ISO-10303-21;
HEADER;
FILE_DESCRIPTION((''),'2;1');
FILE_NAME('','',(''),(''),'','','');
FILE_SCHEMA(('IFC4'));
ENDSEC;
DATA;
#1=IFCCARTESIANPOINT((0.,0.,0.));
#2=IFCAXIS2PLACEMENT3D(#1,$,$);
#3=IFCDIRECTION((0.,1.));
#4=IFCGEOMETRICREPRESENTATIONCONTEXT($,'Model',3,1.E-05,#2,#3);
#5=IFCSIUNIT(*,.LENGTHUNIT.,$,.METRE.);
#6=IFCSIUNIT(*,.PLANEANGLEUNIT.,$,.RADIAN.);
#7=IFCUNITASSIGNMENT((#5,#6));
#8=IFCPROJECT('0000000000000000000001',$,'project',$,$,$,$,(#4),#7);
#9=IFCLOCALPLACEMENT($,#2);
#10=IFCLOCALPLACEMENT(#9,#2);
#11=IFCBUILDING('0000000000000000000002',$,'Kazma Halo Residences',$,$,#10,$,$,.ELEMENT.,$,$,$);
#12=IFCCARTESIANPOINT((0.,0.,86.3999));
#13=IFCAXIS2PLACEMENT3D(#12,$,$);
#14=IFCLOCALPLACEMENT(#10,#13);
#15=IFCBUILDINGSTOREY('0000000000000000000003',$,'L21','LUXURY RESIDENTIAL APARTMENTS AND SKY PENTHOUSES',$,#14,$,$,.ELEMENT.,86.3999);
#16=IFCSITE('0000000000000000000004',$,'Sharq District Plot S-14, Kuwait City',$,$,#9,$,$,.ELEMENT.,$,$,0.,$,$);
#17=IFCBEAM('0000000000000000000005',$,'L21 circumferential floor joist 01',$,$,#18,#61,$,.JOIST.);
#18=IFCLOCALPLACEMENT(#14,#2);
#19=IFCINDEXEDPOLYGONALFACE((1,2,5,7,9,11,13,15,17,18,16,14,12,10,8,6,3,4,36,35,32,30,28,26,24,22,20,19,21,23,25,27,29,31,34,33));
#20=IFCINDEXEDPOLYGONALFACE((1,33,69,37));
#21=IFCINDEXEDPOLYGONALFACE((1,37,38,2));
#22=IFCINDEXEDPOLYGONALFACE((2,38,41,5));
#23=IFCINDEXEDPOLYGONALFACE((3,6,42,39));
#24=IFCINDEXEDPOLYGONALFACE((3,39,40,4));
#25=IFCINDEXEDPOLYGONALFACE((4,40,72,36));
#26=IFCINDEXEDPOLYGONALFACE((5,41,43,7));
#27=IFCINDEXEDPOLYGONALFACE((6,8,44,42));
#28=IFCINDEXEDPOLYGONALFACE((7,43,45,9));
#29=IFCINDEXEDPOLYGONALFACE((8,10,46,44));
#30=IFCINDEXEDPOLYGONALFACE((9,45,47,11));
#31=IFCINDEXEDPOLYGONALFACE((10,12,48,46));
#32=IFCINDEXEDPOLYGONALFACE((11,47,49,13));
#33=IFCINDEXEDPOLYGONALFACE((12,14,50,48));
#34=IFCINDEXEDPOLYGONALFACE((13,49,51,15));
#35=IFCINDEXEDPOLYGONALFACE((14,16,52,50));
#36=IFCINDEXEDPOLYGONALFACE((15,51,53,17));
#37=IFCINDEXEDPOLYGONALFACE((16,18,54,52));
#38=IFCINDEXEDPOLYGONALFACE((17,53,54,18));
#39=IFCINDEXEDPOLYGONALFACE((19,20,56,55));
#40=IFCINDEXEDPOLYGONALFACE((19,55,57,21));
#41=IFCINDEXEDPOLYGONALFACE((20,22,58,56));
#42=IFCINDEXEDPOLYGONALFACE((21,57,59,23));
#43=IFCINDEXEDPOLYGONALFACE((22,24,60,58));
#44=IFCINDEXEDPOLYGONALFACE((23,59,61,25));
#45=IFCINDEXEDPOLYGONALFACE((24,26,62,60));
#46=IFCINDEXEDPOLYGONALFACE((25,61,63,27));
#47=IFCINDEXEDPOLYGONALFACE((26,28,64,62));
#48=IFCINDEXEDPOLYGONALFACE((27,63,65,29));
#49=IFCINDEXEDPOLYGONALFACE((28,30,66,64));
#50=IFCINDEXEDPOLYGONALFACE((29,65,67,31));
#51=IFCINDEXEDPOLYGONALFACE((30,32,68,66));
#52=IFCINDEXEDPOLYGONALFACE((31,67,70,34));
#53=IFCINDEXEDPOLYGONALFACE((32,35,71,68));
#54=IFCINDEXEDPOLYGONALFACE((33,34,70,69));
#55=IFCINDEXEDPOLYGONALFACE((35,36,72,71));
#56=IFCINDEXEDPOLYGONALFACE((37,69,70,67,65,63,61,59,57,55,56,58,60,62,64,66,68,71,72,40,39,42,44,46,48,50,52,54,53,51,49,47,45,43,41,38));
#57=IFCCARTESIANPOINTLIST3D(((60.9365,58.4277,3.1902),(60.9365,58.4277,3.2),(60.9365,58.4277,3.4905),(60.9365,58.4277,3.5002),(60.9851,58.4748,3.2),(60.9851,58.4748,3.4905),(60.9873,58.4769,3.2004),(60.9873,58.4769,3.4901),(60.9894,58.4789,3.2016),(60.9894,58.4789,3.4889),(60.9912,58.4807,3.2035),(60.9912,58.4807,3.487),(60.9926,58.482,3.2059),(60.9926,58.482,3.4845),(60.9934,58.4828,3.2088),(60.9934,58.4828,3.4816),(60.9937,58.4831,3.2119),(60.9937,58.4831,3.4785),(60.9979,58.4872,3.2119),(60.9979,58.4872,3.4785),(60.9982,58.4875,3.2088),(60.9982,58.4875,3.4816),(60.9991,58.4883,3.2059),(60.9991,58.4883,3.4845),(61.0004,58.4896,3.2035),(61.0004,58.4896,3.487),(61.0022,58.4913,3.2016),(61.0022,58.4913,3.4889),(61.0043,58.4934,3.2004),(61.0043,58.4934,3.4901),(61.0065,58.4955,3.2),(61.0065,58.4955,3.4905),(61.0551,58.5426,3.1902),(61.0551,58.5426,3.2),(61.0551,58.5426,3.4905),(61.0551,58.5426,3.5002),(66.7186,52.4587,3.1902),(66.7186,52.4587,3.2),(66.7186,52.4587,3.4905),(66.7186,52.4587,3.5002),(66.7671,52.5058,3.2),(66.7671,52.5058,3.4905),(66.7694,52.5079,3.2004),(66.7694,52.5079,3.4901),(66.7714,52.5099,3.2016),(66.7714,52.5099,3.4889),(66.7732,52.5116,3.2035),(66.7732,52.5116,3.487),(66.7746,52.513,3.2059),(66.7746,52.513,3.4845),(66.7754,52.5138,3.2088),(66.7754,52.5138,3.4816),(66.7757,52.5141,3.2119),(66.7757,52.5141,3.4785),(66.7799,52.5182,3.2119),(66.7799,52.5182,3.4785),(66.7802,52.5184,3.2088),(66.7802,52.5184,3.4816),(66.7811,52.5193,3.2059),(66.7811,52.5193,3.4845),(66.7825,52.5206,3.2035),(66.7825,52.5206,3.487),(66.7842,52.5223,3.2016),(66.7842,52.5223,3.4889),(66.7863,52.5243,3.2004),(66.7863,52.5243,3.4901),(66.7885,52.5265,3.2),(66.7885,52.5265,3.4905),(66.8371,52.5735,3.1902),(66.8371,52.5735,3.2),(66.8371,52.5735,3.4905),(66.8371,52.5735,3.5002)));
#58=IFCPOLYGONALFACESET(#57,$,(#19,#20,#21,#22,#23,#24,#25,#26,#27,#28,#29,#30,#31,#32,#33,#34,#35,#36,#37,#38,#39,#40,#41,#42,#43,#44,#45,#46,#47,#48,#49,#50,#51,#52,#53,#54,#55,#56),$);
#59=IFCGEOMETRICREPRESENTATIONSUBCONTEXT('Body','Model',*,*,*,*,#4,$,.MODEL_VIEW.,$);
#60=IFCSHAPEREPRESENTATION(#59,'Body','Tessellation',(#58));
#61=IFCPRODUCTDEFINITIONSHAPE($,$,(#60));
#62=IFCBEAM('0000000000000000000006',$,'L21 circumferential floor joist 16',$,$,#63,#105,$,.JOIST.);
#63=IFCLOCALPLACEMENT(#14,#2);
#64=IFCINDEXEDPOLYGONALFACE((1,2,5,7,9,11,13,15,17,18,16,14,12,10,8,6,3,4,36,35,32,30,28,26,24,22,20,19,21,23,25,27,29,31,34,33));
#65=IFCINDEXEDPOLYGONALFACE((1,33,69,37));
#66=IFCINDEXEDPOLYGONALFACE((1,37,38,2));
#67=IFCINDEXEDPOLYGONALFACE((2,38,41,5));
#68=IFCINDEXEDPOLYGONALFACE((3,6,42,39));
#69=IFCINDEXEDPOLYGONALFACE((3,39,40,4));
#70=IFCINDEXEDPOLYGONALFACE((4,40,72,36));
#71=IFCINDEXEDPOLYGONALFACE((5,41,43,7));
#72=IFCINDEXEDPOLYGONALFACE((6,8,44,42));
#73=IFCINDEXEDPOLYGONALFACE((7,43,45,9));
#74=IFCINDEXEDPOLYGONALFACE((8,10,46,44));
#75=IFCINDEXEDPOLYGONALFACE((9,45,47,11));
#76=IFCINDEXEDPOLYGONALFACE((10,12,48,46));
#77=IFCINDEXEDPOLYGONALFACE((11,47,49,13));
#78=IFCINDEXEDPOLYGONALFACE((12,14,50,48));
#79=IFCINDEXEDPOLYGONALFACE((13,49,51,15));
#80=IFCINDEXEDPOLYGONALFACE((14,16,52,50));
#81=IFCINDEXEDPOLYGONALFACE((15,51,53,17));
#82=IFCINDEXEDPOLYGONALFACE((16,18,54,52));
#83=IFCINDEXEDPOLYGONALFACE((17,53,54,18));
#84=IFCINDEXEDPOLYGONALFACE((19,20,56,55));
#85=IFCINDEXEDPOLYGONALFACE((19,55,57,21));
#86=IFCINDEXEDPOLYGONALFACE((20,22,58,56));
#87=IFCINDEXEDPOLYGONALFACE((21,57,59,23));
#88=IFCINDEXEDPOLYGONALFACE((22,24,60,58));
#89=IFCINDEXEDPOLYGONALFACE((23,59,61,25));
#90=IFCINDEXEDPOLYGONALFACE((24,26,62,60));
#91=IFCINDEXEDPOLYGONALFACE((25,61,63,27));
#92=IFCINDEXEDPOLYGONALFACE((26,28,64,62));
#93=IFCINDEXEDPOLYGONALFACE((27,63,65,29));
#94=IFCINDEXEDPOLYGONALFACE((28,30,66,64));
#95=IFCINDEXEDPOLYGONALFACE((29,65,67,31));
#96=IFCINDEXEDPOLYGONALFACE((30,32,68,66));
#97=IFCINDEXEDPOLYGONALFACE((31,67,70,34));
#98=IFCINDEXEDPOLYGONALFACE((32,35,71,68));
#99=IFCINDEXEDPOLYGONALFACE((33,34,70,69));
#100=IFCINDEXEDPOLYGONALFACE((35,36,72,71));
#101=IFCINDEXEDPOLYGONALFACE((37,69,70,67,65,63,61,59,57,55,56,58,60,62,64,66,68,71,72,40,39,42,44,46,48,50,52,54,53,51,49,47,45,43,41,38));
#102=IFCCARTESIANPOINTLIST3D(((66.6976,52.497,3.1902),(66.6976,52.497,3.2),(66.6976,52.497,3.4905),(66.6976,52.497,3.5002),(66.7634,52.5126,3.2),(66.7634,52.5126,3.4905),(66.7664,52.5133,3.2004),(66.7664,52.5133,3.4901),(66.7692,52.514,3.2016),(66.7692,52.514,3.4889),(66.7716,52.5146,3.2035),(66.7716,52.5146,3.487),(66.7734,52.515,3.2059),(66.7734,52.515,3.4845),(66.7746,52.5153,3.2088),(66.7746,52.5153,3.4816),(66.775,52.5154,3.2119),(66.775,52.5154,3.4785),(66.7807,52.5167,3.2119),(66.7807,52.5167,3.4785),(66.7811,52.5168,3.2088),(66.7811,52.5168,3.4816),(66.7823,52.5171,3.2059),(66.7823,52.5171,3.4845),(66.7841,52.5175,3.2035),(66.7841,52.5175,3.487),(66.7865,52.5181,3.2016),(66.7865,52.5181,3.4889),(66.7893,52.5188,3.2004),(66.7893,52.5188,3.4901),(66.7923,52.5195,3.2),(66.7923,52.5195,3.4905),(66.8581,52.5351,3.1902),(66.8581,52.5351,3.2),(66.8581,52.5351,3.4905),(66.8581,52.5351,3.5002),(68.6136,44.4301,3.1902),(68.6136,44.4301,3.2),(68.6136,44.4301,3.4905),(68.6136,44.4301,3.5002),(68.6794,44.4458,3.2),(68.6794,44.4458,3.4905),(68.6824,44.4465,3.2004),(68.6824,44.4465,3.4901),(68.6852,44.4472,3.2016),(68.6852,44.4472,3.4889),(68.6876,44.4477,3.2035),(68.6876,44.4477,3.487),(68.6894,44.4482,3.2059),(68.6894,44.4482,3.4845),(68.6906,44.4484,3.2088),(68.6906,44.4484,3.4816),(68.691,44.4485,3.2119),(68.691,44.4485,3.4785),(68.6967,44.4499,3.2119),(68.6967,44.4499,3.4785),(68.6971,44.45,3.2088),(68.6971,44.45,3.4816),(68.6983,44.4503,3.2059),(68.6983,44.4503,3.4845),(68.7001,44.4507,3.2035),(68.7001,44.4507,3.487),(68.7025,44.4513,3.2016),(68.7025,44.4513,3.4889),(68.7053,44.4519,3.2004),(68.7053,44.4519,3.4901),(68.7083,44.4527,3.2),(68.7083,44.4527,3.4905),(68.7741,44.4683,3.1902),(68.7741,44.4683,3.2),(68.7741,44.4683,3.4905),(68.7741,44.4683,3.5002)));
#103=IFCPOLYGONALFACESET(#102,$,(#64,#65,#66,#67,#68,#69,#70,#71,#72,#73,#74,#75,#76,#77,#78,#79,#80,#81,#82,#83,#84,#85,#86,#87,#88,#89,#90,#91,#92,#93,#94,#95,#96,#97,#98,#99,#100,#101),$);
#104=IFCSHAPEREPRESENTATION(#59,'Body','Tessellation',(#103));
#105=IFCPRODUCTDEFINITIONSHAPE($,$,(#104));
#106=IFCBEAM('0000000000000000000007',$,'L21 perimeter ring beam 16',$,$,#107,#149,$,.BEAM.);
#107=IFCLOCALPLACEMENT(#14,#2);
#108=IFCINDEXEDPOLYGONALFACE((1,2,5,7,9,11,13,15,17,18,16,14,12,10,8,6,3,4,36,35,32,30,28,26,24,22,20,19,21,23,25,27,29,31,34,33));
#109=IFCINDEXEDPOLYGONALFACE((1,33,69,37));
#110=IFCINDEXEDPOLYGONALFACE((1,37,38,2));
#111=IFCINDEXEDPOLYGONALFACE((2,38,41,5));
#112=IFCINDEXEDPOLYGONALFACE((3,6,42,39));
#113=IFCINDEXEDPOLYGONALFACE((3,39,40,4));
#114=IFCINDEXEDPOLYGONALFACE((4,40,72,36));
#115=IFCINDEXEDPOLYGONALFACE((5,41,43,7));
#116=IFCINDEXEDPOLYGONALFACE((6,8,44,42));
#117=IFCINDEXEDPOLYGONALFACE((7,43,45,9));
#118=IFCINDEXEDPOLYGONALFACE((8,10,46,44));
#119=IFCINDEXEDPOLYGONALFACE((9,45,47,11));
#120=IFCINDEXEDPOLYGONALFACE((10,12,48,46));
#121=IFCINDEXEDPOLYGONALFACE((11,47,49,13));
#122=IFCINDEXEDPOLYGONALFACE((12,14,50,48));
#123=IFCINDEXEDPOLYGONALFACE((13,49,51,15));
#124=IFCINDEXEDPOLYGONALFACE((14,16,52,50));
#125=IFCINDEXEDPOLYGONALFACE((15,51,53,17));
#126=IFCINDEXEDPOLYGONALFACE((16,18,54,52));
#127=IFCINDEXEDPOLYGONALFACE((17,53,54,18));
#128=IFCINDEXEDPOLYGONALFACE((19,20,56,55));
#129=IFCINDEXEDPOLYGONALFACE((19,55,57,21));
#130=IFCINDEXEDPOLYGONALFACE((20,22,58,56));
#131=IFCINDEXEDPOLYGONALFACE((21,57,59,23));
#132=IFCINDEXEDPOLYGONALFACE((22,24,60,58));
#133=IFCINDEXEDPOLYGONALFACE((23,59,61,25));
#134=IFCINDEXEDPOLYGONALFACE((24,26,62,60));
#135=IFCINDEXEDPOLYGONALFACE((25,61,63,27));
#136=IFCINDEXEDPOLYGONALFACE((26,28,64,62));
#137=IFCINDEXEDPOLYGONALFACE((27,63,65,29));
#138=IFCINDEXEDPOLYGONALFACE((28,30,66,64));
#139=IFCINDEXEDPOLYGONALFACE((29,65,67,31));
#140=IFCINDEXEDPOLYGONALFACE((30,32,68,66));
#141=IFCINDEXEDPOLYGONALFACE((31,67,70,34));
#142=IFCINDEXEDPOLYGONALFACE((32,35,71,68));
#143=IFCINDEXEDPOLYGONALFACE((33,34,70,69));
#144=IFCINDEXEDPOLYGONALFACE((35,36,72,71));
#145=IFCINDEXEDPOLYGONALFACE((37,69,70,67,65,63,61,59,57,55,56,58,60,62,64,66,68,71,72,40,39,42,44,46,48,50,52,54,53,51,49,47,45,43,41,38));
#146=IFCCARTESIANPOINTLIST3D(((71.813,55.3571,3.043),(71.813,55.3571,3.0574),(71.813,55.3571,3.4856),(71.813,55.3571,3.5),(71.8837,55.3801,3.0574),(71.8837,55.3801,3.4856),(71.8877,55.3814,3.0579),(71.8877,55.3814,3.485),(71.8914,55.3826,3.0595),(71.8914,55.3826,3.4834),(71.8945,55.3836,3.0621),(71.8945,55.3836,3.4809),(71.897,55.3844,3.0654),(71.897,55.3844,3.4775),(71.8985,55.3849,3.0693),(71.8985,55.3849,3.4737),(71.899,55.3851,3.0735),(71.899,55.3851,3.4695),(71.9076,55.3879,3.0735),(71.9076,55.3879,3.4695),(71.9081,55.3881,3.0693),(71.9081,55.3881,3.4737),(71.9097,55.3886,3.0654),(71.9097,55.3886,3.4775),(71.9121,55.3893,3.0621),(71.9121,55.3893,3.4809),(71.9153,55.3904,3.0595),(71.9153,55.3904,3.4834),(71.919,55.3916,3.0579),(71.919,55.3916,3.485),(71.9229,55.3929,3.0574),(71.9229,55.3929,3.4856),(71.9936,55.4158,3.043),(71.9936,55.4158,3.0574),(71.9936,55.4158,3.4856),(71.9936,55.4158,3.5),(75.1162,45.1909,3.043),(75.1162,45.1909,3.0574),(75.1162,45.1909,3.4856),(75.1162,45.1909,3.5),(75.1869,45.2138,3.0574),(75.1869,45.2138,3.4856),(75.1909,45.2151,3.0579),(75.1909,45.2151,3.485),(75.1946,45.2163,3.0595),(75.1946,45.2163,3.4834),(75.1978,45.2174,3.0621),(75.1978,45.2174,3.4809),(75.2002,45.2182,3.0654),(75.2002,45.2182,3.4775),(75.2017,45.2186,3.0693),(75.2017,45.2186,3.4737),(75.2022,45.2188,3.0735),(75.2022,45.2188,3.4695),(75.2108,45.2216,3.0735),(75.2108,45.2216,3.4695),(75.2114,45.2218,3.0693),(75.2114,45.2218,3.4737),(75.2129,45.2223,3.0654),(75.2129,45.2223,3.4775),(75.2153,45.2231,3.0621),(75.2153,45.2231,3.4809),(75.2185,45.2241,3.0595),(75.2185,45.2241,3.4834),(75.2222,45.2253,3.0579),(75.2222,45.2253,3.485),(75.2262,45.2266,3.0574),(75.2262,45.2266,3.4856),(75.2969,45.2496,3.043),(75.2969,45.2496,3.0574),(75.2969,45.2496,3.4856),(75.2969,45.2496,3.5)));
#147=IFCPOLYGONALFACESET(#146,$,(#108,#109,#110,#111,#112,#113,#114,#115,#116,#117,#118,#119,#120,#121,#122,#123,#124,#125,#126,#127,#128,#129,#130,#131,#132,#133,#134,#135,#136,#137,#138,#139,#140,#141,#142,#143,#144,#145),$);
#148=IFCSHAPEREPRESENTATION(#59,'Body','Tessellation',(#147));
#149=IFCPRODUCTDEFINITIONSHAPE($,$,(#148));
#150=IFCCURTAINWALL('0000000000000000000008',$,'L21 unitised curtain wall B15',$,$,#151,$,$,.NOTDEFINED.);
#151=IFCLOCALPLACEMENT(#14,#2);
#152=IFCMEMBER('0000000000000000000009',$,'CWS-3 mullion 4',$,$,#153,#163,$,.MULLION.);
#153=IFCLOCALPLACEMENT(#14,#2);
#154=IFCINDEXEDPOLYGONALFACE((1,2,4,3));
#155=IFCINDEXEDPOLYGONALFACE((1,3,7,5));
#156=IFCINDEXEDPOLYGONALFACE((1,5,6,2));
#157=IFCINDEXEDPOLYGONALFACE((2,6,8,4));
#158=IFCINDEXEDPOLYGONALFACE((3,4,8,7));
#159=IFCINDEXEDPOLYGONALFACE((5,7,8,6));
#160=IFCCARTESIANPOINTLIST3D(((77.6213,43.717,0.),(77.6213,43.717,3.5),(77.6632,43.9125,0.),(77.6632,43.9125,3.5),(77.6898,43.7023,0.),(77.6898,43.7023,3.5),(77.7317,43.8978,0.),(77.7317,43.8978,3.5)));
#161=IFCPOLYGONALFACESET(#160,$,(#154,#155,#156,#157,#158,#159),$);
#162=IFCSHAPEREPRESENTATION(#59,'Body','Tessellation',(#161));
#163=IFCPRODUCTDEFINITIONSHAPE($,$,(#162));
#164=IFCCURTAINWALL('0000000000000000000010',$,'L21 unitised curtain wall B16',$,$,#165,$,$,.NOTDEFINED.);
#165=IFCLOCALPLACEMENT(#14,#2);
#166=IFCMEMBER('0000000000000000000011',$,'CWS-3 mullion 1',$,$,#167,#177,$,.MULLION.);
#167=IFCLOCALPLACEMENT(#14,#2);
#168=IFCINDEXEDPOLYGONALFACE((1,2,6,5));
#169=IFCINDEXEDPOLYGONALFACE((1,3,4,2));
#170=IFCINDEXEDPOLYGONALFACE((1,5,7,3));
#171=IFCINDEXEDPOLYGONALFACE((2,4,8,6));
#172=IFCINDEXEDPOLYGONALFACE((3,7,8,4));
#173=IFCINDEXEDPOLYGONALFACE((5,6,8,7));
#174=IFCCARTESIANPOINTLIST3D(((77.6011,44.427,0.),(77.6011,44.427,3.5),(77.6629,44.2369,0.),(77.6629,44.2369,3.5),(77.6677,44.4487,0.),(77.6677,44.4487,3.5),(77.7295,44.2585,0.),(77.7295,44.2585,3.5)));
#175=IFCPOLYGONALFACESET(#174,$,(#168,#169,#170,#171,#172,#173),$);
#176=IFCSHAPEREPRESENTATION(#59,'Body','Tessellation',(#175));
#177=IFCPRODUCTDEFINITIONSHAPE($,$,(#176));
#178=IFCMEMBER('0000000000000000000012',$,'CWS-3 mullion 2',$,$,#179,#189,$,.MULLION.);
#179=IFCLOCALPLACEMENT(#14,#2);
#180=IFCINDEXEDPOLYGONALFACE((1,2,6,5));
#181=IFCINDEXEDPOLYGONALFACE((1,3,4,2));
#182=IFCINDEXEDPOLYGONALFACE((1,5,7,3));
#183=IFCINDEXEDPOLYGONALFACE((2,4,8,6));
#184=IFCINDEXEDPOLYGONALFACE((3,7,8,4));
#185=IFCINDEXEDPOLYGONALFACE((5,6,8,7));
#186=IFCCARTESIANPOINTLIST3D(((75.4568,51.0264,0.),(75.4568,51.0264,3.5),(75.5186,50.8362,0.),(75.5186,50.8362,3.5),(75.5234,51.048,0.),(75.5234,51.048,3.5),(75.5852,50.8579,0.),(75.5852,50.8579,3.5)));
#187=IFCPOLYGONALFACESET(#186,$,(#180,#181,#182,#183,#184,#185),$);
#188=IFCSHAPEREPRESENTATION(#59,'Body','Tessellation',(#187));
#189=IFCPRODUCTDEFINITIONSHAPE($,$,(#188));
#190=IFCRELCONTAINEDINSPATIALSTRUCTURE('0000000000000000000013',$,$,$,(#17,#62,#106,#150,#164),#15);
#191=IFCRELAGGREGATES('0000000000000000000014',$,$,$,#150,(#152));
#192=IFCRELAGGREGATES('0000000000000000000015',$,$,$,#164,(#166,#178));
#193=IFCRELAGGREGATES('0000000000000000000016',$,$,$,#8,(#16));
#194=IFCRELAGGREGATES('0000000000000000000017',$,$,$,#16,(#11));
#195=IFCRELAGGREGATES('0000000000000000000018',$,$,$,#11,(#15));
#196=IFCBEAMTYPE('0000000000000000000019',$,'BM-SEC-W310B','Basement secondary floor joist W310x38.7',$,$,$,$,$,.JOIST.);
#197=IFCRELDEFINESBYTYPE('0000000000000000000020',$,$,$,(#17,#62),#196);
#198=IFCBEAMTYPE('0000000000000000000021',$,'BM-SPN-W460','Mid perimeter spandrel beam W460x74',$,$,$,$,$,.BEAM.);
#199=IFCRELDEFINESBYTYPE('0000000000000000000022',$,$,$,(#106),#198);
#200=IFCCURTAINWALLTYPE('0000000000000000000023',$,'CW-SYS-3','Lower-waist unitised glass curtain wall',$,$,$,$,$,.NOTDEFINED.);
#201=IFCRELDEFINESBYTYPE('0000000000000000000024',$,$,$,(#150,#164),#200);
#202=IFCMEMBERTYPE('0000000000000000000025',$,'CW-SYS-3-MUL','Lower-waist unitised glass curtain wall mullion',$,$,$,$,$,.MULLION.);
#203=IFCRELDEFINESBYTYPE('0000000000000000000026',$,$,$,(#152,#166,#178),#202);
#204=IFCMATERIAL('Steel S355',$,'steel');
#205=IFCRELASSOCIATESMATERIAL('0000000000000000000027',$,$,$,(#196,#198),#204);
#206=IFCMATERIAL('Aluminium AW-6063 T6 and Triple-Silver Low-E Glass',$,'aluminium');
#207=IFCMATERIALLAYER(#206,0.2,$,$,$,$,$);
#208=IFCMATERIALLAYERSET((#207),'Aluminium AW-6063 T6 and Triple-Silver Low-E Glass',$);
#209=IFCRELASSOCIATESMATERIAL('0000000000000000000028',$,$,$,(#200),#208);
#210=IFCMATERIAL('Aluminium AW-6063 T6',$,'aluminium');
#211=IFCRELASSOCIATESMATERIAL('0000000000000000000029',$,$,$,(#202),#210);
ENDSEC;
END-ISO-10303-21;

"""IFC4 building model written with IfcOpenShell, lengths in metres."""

from ifc_helpers import new_model, si_unit, direction, frame, origin, origin_2d, place, context, subcontext, project, spatial, rectangle, i_section, extrude, material, layer, layer_set, material_profile, profile_set, type_object, element, aggregate, save


model = new_model("IFC4")

# Units and contexts
model_context = context("Model", 3, precision=1e-05, world=origin(), true_north=direction((0.0, 1.0)))
body_context = subcontext(model_context, "Body", "Model", "MODEL_VIEW")
ifc_project = project(units=[si_unit("LENGTHUNIT", "METRE"), si_unit("PLANEANGLEUNIT", "RADIAN")], contexts=[model_context])

# Site, building, storey
site_placement = place(None, origin())
site = spatial("IfcSite", under=ifc_project, at=site_placement, Name="Sharq District Plot S-14, Kuwait City", CompositionType="ELEMENT", RefElevation=0.0)
building_placement = place(site_placement, origin())
building = spatial("IfcBuilding", under=site, at=building_placement, Name="Kazma Halo Residences", CompositionType="ELEMENT")
storey_placement = place(building_placement, frame((0.0, 0.0, 86.3999)))
storey = spatial("IfcBuildingStorey", under=building, at=storey_placement, Name="L21", Description="LUXURY RESIDENTIAL APARTMENTS AND SKY PENTHOUSES", CompositionType="ELEMENT", Elevation=86.3999)

# Beams
ifc_material_1 = material(Name="Steel S355", Category="steel")
ifc_material_profile_1 = material_profile(ifc_material_1, i_section(OverallWidth=0.165, OverallDepth=0.3101, WebThickness=0.0059, FlangeThickness=0.0098, FilletRadius=0.012, at=origin_2d()), Name="W310x38.7")
ifc_profile_set_1 = profile_set([ifc_material_profile_1], Name="Steel S355")
beam_type_1 = type_object("IfcBeamType", Name="BM-SEC-W310B", Description="Basement secondary floor joist W310x38.7", PredefinedType="JOIST", material=ifc_profile_set_1)
beam_1_placement = place(storey_placement, frame((66.7778, 52.5161, 3.3452), z_axis=(-0.695765, 0.718269, 0.0), x_axis=(-0.718269, -0.695765, 0.0)))
element("IfcBeam", 1, at=beam_1_placement, inside=storey, type_object=beam_type_1, Name="L21 circumferential floor joist 01", PredefinedType="JOIST", context=body_context, shape_type="SweptSolid", body=[
    extrude(i_section(OverallWidth=0.165, OverallDepth=0.3101, WebThickness=0.0059, FlangeThickness=0.0098, FilletRadius=0.012, at=origin_2d()), origin(), (0.0, 0.0, 1.0), 8.3103),
])
beam_2_placement = place(storey_placement, frame((68.6938, 44.4492, 3.3452), z_axis=(-0.231087, 0.972933, 0.0), x_axis=(-0.972933, -0.231087, 0.0)))
element("IfcBeam", 2, at=beam_2_placement, inside=storey, type_object=beam_type_1, Name="L21 circumferential floor joist 16", PredefinedType="JOIST", context=body_context, shape_type="SweptSolid", body=[
    extrude(i_section(OverallWidth=0.165, OverallDepth=0.3101, WebThickness=0.0059, FlangeThickness=0.0098, FilletRadius=0.012, at=origin_2d()), origin(), (0.0, 0.0, 1.0), 8.2913),
])
ifc_material_profile_2 = material_profile(ifc_material_1, i_section(OverallWidth=0.1899, OverallDepth=0.457, WebThickness=0.009, FlangeThickness=0.0144, FilletRadius=0.0161, at=origin_2d()), Name="W460x74")
ifc_profile_set_2 = profile_set([ifc_material_profile_2], Name="Steel S355")
beam_type_2 = type_object("IfcBeamType", Name="BM-SPN-W460", Description="Mid perimeter spandrel beam W460x74", PredefinedType="BEAM", material=ifc_profile_set_2)
beam_3_placement = place(storey_placement, frame((75.2065, 45.2202, 3.2715), z_axis=(-0.309017, 0.951056, 0.0), x_axis=(-0.951056, -0.309017, 0.0)))
element("IfcBeam", 3, at=beam_3_placement, inside=storey, type_object=beam_type_2, Name="L21 perimeter ring beam 16", PredefinedType="BEAM", context=body_context, shape_type="SweptSolid", body=[
    extrude(i_section(OverallWidth=0.1899, OverallDepth=0.457, WebThickness=0.009, FlangeThickness=0.0144, FilletRadius=0.0161, at=origin_2d()), origin(), (0.0, 0.0, 1.0), 10.6895),
])

# Curtain wall, member
ifc_material_2 = material(Name="Aluminium AW-6063 T6 and Triple-Silver Low-E Glass", Category="aluminium")
ifc_layer_1 = layer(ifc_material_2, 0.2)
ifc_layer_set_1 = layer_set([ifc_layer_1], Name="Aluminium AW-6063 T6 and Triple-Silver Low-E Glass")
curtain_wall_type = type_object("IfcCurtainWallType", Name="CW-SYS-3", Description="Lower-waist unitised glass curtain wall", PredefinedType="NOTDEFINED", material=ifc_layer_set_1)
curtain_wall_1_placement = place(storey_placement, origin())
curtain_wall_1 = element("IfcCurtainWall", 4, at=curtain_wall_1_placement, inside=storey, type_object=curtain_wall_type, Name="L21 unitised curtain wall B15", PredefinedType="NOTDEFINED")
ifc_material_3 = material(Name="Aluminium AW-6063 T6", Category="aluminium")
ifc_material_profile_3 = material_profile(ifc_material_3, rectangle(XDim=0.0701, YDim=0.2, at=origin_2d()), Name="CWM-70x200")
ifc_profile_set_3 = profile_set([ifc_material_profile_3], Name="Aluminium AW-6063 T6")
member_type_1 = type_object("IfcMemberType", Name="CW-SYS-3-MUL", Description="Lower-waist unitised glass curtain wall mullion", PredefinedType="MULLION", material=ifc_profile_set_3)
member_1_placement = place(storey_placement, frame((77.6765, 43.8074, 0.0), z_axis=(0.0, 0.0, 1.0), x_axis=(-0.977774, 0.209661, 0.0)))
member_1 = element("IfcMember", 5, at=member_1_placement, type_object=member_type_1, Name="CWS-3 mullion 4", PredefinedType="MULLION", context=body_context, shape_type="SweptSolid", body=[
    extrude(rectangle(XDim=0.0701, YDim=0.2, at=origin_2d()), origin(), (0.0, 0.0, 1.0), 3.5),
])
aggregate(curtain_wall_1, [member_1])

# Curtain wall, members
curtain_wall_2_placement = place(storey_placement, origin())
curtain_wall_2 = element("IfcCurtainWall", 6, at=curtain_wall_2_placement, inside=storey, type_object=curtain_wall_type, Name="L21 unitised curtain wall B16", PredefinedType="NOTDEFINED")
member_2_placement = place(storey_placement, frame((77.6653, 44.3428, 0.0), z_axis=(0.0, 0.0, 1.0), x_axis=(-0.951058, -0.309013, 0.0)))
member_2 = element("IfcMember", 7, at=member_2_placement, type_object=member_type_1, Name="CWS-3 mullion 1", PredefinedType="MULLION", context=body_context, shape_type="SweptSolid", body=[
    extrude(rectangle(XDim=0.0701, YDim=0.2, at=origin_2d()), origin(), (0.0, 0.0, 1.0), 3.5),
])
member_3_placement = place(storey_placement, frame((75.521, 50.9421, 0.0), z_axis=(0.0, 0.0, 1.0), x_axis=(-0.951058, -0.309013, 0.0)))
member_3 = element("IfcMember", 8, at=member_3_placement, type_object=member_type_1, Name="CWS-3 mullion 2", PredefinedType="MULLION", context=body_context, shape_type="SweptSolid", body=[
    extrude(rectangle(XDim=0.0701, YDim=0.2, at=origin_2d()), origin(), (0.0, 0.0, 1.0), 3.5),
])
aggregate(curtain_wall_2, [member_2, member_3])

save(model, "model.ifc")
